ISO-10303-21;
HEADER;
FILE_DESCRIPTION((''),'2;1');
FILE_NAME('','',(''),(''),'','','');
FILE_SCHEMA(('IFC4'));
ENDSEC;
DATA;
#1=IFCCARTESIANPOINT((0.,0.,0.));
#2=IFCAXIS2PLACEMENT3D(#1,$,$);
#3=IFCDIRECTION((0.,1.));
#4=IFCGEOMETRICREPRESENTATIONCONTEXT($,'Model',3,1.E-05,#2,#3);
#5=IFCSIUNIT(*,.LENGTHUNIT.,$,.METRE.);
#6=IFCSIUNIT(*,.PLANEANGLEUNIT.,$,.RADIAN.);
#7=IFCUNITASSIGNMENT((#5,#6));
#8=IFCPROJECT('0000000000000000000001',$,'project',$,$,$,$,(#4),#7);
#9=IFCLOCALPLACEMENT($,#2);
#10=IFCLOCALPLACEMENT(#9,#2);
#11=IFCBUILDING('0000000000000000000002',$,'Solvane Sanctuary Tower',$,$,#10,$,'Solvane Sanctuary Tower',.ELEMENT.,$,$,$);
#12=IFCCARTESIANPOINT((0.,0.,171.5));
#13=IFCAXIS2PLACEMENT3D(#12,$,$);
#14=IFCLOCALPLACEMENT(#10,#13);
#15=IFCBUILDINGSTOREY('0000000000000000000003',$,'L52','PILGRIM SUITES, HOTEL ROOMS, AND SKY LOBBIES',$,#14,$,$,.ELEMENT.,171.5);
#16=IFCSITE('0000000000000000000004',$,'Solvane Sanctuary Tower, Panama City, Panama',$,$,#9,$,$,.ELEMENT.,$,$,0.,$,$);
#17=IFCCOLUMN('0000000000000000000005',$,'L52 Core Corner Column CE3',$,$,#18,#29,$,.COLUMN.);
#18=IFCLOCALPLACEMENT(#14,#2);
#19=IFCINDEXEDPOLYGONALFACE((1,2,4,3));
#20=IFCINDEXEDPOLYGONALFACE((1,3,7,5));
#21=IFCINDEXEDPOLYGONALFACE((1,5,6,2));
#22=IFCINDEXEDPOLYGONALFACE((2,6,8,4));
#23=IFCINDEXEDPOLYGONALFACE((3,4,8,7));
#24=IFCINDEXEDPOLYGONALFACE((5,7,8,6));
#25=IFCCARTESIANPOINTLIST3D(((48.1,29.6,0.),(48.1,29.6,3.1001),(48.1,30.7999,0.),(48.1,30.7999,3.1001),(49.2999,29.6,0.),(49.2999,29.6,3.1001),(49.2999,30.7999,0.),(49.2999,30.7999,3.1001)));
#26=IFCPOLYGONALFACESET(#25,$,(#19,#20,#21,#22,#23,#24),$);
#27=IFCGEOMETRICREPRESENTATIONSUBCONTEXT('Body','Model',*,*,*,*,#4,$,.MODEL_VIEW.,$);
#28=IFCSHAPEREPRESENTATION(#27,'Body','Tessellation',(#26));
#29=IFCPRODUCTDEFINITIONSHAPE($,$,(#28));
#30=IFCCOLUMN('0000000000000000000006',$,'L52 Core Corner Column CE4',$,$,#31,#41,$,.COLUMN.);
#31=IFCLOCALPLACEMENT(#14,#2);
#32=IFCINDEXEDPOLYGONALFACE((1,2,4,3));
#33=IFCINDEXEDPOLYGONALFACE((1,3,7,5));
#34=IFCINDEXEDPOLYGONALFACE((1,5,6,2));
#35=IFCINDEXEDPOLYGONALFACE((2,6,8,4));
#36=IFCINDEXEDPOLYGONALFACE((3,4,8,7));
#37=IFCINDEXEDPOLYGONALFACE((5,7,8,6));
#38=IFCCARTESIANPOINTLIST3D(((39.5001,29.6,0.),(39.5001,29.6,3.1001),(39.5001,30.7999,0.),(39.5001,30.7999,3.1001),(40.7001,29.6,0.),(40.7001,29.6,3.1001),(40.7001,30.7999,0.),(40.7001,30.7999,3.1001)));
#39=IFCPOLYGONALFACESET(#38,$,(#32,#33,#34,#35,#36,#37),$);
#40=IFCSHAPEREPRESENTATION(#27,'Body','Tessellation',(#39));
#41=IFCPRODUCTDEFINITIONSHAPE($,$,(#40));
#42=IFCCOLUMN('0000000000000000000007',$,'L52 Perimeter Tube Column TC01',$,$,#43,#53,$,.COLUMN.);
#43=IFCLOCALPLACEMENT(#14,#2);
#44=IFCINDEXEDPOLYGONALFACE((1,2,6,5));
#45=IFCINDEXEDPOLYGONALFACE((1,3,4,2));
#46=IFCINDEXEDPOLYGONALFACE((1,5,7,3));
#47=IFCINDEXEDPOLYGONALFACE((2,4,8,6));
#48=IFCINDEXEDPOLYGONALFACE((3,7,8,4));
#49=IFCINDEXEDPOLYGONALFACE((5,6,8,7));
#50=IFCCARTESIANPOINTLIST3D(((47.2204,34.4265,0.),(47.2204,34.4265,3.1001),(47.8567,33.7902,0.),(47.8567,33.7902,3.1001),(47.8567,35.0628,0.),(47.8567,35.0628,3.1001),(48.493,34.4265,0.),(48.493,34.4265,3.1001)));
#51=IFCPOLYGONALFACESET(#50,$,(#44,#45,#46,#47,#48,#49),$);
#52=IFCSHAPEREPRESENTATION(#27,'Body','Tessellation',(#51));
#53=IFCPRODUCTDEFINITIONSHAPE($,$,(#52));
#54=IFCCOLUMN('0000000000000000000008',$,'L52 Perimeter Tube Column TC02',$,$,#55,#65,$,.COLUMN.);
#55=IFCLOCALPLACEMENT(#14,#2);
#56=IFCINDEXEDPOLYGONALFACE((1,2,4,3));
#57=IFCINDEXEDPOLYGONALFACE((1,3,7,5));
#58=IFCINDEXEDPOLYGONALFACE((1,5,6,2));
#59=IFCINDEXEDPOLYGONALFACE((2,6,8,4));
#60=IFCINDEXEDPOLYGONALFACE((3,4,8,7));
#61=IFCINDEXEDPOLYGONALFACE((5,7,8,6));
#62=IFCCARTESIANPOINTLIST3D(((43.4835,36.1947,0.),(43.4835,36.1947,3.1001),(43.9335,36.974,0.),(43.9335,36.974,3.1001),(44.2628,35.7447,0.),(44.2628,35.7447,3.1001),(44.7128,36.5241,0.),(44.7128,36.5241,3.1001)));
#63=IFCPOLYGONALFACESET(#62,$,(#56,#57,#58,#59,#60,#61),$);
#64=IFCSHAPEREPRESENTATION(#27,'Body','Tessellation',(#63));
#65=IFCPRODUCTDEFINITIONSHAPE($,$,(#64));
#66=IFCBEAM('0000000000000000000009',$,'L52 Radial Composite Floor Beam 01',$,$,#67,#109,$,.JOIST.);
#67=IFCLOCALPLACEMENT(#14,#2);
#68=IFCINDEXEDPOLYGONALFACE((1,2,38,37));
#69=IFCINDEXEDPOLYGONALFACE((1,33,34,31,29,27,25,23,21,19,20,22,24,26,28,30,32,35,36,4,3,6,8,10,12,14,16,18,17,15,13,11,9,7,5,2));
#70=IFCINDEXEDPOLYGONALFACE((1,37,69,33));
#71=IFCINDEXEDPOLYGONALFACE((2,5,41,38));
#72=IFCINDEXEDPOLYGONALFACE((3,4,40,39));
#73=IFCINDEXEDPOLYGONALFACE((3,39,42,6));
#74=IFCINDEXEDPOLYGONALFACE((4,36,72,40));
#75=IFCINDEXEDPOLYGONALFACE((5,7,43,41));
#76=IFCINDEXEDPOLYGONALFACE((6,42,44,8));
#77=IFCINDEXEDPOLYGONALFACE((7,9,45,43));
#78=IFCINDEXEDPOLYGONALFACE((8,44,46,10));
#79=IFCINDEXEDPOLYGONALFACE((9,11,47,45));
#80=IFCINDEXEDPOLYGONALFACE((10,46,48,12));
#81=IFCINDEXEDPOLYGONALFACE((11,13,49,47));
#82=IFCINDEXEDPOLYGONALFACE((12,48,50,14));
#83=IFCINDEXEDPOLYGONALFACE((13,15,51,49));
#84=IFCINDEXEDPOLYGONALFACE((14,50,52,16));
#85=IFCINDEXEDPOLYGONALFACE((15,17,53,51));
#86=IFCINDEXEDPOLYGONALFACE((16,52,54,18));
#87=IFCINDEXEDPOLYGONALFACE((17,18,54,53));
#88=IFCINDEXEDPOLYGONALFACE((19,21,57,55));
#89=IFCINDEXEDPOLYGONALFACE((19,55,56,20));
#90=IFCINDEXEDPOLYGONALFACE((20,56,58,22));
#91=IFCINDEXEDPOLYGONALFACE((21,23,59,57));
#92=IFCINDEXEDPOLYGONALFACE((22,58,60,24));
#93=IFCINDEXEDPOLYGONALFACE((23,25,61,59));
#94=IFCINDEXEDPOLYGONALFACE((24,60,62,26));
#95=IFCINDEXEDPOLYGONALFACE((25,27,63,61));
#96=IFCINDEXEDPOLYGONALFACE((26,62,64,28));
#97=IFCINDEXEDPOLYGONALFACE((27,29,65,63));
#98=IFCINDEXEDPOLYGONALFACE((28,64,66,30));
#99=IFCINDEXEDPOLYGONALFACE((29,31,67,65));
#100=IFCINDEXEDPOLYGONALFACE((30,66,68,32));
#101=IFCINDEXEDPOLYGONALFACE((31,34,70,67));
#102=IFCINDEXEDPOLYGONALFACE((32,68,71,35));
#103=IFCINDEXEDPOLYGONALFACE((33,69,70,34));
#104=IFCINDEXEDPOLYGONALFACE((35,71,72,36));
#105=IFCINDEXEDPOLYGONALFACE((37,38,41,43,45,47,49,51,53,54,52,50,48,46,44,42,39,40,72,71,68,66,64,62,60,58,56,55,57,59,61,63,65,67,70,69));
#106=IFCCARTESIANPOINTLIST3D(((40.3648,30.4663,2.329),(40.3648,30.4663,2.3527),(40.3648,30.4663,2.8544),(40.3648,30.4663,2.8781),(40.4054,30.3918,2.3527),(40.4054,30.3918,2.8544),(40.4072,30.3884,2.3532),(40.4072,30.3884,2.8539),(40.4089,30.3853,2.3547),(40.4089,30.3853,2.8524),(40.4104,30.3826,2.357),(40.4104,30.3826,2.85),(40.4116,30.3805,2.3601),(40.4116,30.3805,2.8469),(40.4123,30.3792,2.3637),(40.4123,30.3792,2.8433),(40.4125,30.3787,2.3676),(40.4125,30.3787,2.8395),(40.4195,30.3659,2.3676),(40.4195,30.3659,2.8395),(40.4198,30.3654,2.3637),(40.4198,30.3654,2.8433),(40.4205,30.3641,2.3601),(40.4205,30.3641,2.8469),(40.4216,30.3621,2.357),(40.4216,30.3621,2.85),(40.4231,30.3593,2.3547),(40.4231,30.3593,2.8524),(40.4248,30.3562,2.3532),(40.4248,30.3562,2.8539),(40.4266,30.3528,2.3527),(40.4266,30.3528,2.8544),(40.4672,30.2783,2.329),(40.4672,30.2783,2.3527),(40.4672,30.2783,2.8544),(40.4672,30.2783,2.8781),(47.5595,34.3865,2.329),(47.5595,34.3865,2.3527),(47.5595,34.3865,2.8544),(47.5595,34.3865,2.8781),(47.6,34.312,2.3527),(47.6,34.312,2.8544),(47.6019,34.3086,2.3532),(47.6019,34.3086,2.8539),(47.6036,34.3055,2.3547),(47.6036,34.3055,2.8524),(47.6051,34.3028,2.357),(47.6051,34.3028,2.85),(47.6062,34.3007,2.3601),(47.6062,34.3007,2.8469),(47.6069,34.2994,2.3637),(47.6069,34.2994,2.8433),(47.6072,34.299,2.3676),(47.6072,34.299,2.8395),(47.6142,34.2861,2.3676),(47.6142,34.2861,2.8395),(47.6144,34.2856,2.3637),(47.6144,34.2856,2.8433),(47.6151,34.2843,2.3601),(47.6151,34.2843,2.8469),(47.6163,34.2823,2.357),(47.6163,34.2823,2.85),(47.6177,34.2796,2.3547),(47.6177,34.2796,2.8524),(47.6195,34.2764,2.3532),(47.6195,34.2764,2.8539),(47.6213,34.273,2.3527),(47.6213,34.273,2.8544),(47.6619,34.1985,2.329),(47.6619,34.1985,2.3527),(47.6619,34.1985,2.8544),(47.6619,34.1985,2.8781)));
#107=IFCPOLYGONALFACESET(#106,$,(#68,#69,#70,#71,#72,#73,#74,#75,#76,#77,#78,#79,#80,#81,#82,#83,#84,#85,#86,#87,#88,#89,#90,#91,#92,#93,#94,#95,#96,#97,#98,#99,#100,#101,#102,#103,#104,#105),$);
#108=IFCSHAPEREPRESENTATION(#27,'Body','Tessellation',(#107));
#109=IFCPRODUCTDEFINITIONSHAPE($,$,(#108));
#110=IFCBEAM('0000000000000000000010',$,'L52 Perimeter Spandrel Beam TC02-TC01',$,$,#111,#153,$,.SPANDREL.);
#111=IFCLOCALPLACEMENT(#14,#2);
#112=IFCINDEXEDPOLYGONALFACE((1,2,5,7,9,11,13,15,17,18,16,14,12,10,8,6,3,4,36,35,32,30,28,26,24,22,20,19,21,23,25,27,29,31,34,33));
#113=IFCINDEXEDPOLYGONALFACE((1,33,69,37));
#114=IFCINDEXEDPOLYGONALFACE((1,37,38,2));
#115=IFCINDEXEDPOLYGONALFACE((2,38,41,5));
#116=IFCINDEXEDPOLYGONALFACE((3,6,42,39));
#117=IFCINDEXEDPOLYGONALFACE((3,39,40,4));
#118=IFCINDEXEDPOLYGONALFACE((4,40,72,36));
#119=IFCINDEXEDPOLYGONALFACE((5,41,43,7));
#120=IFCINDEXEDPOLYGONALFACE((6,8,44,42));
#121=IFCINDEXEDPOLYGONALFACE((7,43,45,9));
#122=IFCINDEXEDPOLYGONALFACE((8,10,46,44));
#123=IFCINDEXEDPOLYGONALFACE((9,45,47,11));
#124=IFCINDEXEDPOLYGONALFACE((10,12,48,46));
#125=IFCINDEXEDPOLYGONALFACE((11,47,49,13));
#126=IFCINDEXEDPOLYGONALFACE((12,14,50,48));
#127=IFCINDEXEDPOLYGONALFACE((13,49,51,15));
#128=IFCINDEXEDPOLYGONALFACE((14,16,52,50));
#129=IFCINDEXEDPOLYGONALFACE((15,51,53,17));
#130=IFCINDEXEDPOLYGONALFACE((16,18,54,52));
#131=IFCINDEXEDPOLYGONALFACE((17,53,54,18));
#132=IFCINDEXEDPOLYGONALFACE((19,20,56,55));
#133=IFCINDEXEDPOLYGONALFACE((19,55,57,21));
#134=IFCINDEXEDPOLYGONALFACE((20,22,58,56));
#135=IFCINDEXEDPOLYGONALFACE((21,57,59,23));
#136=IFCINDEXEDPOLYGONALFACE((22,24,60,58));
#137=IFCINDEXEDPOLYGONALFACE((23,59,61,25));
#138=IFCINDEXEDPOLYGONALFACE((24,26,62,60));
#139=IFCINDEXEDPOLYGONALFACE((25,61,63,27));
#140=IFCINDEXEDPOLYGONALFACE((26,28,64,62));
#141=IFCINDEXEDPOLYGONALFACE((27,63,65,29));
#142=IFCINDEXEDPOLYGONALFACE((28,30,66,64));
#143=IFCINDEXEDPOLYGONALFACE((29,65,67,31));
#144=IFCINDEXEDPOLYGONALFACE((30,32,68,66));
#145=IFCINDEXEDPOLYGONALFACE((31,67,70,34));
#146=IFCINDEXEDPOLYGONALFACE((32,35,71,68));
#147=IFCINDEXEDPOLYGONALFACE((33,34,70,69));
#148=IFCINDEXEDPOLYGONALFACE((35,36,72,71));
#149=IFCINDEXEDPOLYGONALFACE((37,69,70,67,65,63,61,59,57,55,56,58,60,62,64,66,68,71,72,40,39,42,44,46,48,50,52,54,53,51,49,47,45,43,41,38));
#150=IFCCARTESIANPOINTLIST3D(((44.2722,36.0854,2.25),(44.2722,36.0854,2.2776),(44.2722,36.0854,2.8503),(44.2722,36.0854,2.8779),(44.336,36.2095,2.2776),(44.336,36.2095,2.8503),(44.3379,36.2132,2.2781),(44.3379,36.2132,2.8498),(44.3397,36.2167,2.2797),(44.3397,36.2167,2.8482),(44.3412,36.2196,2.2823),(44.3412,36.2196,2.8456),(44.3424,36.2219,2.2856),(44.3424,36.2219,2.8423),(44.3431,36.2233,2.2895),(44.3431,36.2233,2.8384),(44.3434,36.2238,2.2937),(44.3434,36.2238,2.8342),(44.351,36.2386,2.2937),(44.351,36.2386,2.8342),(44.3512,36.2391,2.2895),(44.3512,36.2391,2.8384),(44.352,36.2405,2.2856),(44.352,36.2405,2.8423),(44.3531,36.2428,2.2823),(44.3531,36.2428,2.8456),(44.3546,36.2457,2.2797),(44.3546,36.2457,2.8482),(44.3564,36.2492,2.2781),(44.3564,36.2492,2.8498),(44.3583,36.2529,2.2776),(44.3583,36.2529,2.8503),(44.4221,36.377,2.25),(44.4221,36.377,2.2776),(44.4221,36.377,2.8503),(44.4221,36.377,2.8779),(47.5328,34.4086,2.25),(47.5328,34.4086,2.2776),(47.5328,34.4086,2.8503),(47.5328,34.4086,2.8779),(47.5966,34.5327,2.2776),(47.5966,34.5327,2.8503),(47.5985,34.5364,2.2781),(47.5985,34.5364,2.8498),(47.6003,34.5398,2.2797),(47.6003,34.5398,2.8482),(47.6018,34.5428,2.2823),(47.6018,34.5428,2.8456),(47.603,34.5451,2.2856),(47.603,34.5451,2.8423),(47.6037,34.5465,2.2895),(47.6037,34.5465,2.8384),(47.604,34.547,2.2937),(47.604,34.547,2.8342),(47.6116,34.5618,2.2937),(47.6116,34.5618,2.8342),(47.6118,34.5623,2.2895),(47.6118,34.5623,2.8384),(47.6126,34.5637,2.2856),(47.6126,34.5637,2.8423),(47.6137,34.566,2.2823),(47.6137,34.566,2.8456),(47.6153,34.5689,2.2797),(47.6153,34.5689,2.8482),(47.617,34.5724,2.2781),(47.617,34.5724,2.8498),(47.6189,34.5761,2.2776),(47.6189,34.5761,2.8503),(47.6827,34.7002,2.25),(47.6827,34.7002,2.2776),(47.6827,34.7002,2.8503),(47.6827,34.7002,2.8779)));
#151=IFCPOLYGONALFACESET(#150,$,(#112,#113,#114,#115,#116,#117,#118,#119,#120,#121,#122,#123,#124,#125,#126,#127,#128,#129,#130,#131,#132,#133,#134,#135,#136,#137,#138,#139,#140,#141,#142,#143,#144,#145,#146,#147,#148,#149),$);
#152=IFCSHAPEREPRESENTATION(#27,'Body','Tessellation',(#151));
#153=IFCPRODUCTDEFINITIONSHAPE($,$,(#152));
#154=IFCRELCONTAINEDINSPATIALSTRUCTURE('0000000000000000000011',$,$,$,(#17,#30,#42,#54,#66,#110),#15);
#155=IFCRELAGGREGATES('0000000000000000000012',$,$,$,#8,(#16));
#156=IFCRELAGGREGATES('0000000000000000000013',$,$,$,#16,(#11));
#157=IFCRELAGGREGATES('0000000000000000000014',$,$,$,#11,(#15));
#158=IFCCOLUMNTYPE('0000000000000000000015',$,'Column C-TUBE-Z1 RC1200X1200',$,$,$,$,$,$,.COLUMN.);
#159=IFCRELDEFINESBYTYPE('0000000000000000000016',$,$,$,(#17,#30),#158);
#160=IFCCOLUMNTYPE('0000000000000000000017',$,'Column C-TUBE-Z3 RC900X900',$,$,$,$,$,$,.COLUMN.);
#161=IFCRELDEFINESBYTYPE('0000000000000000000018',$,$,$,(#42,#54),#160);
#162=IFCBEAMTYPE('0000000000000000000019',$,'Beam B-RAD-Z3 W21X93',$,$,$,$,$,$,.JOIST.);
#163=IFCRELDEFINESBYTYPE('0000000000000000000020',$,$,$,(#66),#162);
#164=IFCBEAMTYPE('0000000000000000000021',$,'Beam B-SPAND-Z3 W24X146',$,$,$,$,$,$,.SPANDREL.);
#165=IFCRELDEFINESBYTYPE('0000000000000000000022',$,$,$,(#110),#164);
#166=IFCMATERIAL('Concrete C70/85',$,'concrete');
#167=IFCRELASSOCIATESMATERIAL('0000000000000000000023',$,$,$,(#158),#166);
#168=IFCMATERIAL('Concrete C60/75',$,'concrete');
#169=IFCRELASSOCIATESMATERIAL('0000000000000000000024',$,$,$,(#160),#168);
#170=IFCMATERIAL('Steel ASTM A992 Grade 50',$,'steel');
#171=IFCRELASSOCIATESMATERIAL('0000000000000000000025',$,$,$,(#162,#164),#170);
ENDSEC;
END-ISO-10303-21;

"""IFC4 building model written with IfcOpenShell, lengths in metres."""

from ifc_helpers import new_model, si_unit, direction, frame, origin, origin_2d, place, context, subcontext, project, spatial, rectangle, i_section, extrude, material, material_profile, profile_set, type_object, element, save


model = new_model("IFC4")

# Units and contexts
model_context = context("Model", 3, precision=1e-05, world=origin(), true_north=direction((0.0, 1.0)))
body_context = subcontext(model_context, "Body", "Model", "MODEL_VIEW")
ifc_project = project(units=[si_unit("LENGTHUNIT", "METRE"), si_unit("PLANEANGLEUNIT", "RADIAN")], contexts=[model_context])

# Site, building, storey
site_placement = place(None, origin())
site = spatial("IfcSite", under=ifc_project, at=site_placement, Name="Solvane Sanctuary Tower, Panama City, Panama", CompositionType="ELEMENT", RefElevation=0.0)
building_placement = place(site_placement, origin())
building = spatial("IfcBuilding", under=site, at=building_placement, Name="Solvane Sanctuary Tower", LongName="Solvane Sanctuary Tower", CompositionType="ELEMENT")
storey_placement = place(building_placement, frame((0.0, 0.0, 171.5)))
storey = spatial("IfcBuildingStorey", under=building, at=storey_placement, Name="L52", Description="PILGRIM SUITES, HOTEL ROOMS, AND SKY LOBBIES", CompositionType="ELEMENT", Elevation=171.5)

# Columns
ifc_material_1 = material(Name="Concrete C70/85", Category="concrete")
ifc_material_profile_1 = material_profile(ifc_material_1, rectangle(XDim=1.2, YDim=1.2, at=origin_2d()), Name="RC1200X1200")
ifc_profile_set_1 = profile_set([ifc_material_profile_1], Name="Concrete C70/85")
column_type_1 = type_object("IfcColumnType", Name="Column C-TUBE-Z1 RC1200X1200", PredefinedType="COLUMN", material=ifc_profile_set_1)
for number, where, z_axis, x_axis, name in (
    (1, (48.7, 30.2, 0.0), (0.0, 0.0, 1.0), (1.0, 0.0, 0.0), "L52 Core Corner Column CE3"),
    (2, (40.1001, 30.2, 0.0), (0.0, 0.0, 1.0), (1.0, 0.0, 0.0), "L52 Core Corner Column CE4"),
):
    element("IfcColumn", number, at=place(storey_placement, frame(where, z_axis=z_axis, x_axis=x_axis)), inside=storey, type_object=column_type_1, Name=name, PredefinedType="COLUMN", context=body_context, shape_type="SweptSolid", body=[
        extrude(rectangle(XDim=1.2, YDim=1.2, at=origin_2d()), origin(), (0.0, 0.0, 1.0), 3.1001),
    ])
ifc_material_2 = material(Name="Concrete C60/75", Category="concrete")
ifc_material_profile_2 = material_profile(ifc_material_2, rectangle(XDim=0.8999, YDim=0.8999, at=origin_2d()), Name="RC900X900")
ifc_profile_set_2 = profile_set([ifc_material_profile_2], Name="Concrete C60/75")
column_type_2 = type_object("IfcColumnType", Name="Column C-TUBE-Z3 RC900X900", PredefinedType="COLUMN", material=ifc_profile_set_2)
for number, where, z_axis, x_axis, name in (
    (3, (47.8567, 34.4265, 0.0), (0.0, 0.0, 1.0), (0.707107, 0.707107, 0.0), "L52 Perimeter Tube Column TC01"),
    (4, (44.0981, 36.3594, 0.0), (0.0, 0.0, 1.0), (0.5, 0.866025, 0.0), "L52 Perimeter Tube Column TC02"),
):
    element("IfcColumn", number, at=place(storey_placement, frame(where, z_axis=z_axis, x_axis=x_axis)), inside=storey, type_object=column_type_2, Name=name, PredefinedType="COLUMN", context=body_context, shape_type="SweptSolid", body=[
        extrude(rectangle(XDim=0.8999, YDim=0.8999, at=origin_2d()), origin(), (0.0, 0.0, 1.0), 3.1001),
    ])

# Beams
ifc_material_3 = material(Name="Steel ASTM A992 Grade 50", Category="steel")
ifc_material_profile_3 = material_profile(ifc_material_3, i_section(OverallWidth=0.2141, OverallDepth=0.5491, WebThickness=0.0146, FlangeThickness=0.0237, FilletRadius=0.0149, at=origin_2d()), Name="W21X93")
ifc_profile_set_3 = profile_set([ifc_material_profile_3], Name="Steel ASTM A992 Grade 50")
beam_type_1 = type_object("IfcBeamType", Name="Beam B-RAD-Z3 W21X93", PredefinedType="JOIST", material=ifc_profile_set_3)
beam_1_placement = place(storey_placement, frame((40.416, 30.3723, 2.6035), z_axis=(0.878108, 0.478462, 0.0), x_axis=(-0.478462, 0.878108, 0.0)))
element("IfcBeam", 5, at=beam_1_placement, inside=storey, type_object=beam_type_1, Name="L52 Radial Composite Floor Beam 01", PredefinedType="JOIST", context=body_context, shape_type="SweptSolid", body=[
    extrude(i_section(OverallWidth=0.2141, OverallDepth=0.5491, WebThickness=0.0146, FlangeThickness=0.0237, FilletRadius=0.0149, at=origin_2d()), origin(), (0.0, 0.0, 1.0), 8.1934),
])
ifc_material_profile_4 = material_profile(ifc_material_3, i_section(OverallWidth=0.3279, OverallDepth=0.6279, WebThickness=0.0166, FlangeThickness=0.0276, FilletRadius=0.0161, at=origin_2d()), Name="W24X146")
ifc_profile_set_4 = profile_set([ifc_material_profile_4], Name="Steel ASTM A992 Grade 50")
beam_type_2 = type_object("IfcBeamType", Name="Beam B-SPAND-Z3 W24X146", PredefinedType="SPANDREL", material=ifc_profile_set_4)
beam_2_placement = place(storey_placement, frame((44.3472, 36.2312, 2.564), z_axis=(0.889296, -0.457333, 0.0), x_axis=(0.457333, 0.889296, 0.0)))
element("IfcBeam", 6, at=beam_2_placement, inside=storey, type_object=beam_type_2, Name="L52 Perimeter Spandrel Beam TC02-TC01", PredefinedType="SPANDREL", context=body_context, shape_type="SweptSolid", body=[
    extrude(i_section(OverallWidth=0.3279, OverallDepth=0.6279, WebThickness=0.0166, FlangeThickness=0.0276, FilletRadius=0.0161, at=origin_2d()), origin(), (0.0, 0.0, 1.0), 3.6665),
])

save(model, "model.ifc")
